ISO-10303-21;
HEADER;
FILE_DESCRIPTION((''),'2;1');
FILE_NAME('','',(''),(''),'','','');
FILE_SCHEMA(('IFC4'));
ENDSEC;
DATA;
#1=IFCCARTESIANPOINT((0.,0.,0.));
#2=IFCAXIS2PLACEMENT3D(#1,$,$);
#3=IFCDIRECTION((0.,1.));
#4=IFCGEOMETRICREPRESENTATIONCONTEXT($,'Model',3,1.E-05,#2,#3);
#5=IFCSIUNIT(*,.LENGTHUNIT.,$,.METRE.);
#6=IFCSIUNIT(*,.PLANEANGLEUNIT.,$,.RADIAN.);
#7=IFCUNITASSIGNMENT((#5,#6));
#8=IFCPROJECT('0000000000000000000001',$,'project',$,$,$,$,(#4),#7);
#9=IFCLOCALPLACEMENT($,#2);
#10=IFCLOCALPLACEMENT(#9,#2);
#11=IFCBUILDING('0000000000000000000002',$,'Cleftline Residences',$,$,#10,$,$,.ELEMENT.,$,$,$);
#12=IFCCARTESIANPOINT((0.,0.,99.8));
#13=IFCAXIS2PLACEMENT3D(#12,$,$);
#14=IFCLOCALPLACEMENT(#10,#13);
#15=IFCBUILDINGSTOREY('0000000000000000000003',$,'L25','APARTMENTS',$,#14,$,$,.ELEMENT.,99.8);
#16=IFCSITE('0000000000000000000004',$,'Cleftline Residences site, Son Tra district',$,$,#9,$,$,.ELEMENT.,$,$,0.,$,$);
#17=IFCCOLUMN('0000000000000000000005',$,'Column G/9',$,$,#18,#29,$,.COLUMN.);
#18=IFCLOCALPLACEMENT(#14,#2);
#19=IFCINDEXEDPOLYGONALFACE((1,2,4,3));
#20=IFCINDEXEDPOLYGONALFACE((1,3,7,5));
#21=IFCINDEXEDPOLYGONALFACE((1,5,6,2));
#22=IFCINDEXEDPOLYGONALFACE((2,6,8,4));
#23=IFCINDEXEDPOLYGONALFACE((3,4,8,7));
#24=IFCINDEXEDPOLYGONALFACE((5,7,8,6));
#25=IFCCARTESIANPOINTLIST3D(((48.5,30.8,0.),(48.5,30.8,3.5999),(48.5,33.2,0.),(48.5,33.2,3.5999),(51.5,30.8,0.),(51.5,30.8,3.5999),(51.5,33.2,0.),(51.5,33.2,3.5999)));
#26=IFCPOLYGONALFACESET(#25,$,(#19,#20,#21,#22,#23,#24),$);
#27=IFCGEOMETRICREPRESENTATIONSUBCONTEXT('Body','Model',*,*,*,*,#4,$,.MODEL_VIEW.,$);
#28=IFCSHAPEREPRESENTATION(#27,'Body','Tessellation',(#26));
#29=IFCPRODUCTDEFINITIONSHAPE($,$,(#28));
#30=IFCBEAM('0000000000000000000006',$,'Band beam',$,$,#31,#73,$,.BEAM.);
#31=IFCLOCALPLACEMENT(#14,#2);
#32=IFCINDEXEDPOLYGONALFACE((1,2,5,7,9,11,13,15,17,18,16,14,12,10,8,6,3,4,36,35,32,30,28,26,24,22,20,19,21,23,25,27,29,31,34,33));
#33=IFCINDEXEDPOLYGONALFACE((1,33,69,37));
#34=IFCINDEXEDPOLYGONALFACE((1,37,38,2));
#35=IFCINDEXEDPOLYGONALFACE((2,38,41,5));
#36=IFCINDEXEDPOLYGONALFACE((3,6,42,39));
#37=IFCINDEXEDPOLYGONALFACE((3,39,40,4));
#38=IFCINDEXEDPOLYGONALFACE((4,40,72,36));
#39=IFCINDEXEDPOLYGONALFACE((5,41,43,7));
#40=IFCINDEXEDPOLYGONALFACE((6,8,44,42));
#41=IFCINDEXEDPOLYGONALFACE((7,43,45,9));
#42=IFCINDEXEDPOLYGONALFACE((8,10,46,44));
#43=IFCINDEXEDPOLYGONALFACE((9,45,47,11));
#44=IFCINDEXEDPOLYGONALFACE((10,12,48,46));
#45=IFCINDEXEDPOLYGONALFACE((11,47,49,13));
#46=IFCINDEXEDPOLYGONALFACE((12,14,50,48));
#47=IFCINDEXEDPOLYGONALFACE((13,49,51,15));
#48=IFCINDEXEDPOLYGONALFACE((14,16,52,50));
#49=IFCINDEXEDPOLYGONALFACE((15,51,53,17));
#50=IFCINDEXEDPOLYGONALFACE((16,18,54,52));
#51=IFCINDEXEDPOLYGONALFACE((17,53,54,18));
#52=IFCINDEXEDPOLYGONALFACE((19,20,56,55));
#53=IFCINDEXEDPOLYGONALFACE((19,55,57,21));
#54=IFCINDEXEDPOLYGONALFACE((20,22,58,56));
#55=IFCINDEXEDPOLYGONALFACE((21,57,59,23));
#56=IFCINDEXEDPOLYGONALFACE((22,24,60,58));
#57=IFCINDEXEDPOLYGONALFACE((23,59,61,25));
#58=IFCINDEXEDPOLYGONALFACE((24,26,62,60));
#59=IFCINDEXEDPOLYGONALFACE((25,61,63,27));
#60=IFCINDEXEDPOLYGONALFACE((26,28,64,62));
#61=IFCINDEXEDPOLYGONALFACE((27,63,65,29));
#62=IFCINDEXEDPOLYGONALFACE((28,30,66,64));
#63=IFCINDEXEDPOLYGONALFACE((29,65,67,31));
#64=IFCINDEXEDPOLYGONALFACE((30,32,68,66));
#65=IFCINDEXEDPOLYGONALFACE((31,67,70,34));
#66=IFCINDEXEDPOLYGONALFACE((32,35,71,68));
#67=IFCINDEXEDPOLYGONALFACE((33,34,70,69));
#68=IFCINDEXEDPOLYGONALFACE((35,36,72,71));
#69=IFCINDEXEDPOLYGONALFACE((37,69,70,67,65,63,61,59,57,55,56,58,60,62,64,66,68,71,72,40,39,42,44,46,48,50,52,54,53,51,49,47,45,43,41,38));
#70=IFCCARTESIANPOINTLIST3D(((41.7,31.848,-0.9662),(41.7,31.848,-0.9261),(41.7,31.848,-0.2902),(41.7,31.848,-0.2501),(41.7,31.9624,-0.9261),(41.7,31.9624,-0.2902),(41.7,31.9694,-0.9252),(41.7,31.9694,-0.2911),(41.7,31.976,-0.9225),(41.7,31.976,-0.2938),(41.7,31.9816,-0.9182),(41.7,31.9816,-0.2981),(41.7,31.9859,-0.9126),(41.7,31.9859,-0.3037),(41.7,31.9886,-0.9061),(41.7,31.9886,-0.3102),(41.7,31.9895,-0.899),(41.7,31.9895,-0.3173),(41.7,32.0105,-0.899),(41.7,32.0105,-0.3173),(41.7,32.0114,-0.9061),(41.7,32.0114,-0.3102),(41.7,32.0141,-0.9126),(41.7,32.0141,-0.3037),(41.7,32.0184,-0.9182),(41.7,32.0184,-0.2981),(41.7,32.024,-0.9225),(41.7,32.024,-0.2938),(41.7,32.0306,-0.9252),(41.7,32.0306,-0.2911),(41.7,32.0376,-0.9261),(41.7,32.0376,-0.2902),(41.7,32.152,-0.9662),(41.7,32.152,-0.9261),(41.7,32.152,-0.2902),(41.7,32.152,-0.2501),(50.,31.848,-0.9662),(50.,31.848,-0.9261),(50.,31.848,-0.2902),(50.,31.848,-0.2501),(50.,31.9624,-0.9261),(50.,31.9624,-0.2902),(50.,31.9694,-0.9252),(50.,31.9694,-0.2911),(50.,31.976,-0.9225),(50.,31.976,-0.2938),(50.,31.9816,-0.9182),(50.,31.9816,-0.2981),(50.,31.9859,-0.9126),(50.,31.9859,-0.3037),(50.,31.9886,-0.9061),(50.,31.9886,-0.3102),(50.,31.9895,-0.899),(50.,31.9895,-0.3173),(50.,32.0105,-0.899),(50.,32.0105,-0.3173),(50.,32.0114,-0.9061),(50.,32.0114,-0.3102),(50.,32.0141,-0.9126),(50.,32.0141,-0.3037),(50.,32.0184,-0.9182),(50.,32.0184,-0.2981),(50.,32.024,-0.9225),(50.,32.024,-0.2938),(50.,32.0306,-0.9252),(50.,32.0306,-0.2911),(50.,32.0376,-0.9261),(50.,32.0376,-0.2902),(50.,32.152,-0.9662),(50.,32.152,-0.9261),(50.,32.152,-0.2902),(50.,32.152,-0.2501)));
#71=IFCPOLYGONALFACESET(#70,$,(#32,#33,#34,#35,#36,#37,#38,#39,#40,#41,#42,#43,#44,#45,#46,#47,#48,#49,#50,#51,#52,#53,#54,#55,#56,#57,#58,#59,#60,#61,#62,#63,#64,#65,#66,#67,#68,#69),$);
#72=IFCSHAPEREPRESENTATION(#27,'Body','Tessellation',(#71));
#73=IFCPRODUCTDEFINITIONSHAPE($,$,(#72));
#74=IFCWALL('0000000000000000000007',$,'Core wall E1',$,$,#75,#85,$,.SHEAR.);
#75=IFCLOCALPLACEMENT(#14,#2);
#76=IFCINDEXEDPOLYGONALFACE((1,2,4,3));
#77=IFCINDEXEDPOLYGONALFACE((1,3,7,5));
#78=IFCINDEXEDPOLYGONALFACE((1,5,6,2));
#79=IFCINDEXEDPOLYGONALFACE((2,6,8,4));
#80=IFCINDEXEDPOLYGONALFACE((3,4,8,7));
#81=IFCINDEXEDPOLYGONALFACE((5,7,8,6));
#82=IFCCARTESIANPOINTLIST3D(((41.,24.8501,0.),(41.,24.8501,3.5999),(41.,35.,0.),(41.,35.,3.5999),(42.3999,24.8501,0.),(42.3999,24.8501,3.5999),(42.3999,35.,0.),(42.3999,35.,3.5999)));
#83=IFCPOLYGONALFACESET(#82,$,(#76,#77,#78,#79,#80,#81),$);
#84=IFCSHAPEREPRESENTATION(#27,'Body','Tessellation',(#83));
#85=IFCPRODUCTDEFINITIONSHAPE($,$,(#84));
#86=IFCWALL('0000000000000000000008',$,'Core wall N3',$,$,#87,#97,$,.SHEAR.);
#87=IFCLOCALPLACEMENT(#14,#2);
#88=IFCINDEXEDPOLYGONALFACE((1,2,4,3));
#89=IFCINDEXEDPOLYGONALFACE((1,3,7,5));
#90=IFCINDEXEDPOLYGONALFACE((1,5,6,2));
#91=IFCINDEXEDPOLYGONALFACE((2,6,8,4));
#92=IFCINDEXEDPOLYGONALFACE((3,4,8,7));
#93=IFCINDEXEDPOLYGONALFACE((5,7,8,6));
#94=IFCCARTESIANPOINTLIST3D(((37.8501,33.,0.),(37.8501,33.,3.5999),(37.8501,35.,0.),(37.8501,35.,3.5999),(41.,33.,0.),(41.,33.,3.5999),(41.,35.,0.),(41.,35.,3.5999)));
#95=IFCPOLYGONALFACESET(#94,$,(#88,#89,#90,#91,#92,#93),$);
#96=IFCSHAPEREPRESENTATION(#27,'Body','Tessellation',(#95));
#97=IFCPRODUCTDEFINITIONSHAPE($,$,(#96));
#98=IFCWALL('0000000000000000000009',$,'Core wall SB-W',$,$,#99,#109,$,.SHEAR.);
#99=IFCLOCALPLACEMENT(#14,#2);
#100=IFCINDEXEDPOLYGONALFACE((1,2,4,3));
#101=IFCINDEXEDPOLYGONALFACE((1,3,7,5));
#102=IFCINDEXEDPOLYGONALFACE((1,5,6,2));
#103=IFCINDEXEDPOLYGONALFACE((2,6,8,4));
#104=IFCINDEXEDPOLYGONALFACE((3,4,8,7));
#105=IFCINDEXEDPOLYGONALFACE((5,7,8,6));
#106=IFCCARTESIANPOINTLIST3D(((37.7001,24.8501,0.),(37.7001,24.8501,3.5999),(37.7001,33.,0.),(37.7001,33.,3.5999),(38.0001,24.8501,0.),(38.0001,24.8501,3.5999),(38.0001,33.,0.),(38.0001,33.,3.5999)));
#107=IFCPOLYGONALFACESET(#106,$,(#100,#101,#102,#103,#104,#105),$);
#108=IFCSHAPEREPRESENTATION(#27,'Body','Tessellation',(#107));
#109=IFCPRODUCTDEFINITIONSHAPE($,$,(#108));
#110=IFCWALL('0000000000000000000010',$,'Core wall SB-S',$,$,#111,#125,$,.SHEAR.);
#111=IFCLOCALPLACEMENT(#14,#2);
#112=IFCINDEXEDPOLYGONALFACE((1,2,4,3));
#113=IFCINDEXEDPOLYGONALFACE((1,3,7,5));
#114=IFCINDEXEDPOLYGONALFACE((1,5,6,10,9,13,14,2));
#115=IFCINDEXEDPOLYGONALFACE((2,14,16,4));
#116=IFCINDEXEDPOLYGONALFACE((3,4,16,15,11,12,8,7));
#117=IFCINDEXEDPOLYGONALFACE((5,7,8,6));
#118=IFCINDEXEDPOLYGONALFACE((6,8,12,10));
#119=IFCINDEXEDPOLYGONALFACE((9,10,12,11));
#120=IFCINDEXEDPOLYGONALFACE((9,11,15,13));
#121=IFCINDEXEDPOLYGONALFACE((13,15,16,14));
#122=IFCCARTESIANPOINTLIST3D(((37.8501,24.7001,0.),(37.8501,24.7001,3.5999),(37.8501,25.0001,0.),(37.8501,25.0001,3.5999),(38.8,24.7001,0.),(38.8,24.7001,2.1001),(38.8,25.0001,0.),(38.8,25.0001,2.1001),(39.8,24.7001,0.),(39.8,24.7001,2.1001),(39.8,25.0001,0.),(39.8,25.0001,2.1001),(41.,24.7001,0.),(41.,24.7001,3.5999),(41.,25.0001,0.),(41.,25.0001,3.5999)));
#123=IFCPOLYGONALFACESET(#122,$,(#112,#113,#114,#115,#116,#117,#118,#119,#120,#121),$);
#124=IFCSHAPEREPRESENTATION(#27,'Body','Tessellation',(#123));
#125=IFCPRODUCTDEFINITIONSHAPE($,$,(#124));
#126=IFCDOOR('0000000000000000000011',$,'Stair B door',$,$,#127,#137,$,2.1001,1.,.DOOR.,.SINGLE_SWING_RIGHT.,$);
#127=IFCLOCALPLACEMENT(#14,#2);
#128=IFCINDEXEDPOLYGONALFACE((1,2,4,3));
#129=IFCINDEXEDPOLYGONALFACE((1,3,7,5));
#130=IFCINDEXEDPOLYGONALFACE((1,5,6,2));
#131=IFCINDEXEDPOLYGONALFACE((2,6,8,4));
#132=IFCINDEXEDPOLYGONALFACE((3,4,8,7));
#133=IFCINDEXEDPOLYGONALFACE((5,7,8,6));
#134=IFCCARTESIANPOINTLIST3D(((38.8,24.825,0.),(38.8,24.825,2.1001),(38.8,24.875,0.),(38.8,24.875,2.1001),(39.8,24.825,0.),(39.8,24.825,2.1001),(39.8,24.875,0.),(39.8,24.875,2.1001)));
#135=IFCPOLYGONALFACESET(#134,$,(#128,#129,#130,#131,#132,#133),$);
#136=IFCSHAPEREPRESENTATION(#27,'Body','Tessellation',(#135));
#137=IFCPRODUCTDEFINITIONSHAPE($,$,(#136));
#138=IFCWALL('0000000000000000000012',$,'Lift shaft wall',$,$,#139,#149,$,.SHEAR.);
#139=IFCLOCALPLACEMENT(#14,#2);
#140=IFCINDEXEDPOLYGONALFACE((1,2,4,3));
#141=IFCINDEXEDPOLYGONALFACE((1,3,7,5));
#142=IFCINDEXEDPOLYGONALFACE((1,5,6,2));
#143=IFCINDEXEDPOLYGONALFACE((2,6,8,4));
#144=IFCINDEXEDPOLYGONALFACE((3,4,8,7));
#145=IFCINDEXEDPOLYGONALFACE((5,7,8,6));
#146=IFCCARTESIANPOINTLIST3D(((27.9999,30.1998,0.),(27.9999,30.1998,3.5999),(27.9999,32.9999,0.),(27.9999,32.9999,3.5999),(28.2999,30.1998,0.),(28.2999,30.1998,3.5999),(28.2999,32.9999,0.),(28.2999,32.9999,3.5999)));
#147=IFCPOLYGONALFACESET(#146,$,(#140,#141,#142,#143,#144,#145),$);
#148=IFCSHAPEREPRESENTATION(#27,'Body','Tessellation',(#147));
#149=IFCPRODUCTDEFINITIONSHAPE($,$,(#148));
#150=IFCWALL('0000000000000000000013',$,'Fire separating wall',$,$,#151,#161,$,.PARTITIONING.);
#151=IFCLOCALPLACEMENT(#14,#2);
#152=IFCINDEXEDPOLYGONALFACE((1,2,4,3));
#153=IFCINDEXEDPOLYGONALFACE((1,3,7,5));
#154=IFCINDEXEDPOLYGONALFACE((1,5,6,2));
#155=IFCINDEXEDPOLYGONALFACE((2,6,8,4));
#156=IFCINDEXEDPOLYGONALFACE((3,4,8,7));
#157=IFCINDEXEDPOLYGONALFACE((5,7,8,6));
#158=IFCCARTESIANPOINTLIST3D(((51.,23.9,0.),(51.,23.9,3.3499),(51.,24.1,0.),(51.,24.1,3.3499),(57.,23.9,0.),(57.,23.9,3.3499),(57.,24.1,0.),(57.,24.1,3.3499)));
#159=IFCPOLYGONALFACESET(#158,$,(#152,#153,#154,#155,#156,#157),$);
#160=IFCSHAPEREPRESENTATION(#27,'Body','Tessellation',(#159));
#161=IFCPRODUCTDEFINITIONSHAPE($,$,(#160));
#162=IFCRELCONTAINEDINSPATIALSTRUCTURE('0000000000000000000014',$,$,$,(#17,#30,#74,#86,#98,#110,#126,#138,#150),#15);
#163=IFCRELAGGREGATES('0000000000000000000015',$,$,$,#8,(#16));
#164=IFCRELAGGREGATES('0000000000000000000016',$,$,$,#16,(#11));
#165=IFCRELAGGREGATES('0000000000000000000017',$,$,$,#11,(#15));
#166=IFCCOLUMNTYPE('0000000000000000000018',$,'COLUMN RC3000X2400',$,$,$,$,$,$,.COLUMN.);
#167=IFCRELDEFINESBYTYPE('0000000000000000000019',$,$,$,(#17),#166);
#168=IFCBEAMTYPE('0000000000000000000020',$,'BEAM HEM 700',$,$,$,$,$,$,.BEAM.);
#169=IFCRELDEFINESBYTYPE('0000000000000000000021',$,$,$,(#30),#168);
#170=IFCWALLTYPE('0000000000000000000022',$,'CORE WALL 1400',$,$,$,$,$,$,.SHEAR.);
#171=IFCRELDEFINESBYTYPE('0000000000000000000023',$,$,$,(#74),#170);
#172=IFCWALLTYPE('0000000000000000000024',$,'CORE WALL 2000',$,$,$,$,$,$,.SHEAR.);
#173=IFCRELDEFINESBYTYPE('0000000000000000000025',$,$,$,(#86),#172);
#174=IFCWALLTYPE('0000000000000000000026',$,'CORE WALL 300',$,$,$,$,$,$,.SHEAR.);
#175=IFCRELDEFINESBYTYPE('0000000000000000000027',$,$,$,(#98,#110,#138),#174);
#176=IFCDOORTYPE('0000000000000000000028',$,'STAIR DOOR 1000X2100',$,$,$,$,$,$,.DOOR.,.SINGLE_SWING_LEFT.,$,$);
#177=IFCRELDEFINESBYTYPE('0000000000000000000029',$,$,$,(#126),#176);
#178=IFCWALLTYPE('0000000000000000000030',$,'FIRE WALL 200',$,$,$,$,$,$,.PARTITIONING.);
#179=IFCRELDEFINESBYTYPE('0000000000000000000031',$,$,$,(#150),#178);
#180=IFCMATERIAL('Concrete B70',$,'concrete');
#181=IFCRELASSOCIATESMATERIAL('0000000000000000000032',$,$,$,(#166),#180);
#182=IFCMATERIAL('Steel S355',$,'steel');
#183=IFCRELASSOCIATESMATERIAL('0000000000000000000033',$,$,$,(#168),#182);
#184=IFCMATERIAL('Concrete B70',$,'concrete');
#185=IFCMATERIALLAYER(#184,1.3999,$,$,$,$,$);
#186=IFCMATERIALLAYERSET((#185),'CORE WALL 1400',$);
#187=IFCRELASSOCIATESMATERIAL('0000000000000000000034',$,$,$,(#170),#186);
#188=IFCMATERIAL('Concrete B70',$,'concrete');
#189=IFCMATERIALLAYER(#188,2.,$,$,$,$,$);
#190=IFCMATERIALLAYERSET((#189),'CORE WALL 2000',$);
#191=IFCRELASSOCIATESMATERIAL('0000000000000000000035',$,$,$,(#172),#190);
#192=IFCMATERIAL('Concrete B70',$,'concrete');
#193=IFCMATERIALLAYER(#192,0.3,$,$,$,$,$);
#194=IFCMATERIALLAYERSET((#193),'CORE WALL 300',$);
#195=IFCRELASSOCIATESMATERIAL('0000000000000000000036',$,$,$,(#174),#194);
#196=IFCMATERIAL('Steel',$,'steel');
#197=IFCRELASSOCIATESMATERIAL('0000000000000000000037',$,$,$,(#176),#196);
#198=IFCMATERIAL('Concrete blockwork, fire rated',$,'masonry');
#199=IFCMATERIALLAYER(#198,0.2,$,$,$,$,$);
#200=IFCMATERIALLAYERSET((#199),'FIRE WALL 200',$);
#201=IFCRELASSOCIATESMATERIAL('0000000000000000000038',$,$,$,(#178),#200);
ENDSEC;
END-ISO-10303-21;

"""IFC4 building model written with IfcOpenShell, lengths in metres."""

from ifc_helpers import new_model, si_unit, direction, frame, frame_2d, origin, origin_2d, place, context, subcontext, project, spatial, rectangle, i_section, extrude, material, layer, layer_set, material_profile, profile_set, type_object, element, fill, save


model = new_model("IFC4")

# Units and contexts
model_context = context("Model", 3, precision=1e-05, world=origin(), true_north=direction((0.0, 1.0)))
body_context = subcontext(model_context, "Body", "Model", "MODEL_VIEW")
ifc_project = project(units=[si_unit("LENGTHUNIT", "METRE"), si_unit("PLANEANGLEUNIT", "RADIAN")], contexts=[model_context])

# Site, building, storey
site_placement = place(None, origin())
site = spatial("IfcSite", under=ifc_project, at=site_placement, Name="Cleftline Residences site, Son Tra district", CompositionType="ELEMENT", RefElevation=0.0)
building_placement = place(site_placement, origin())
building = spatial("IfcBuilding", under=site, at=building_placement, Name="Cleftline Residences", CompositionType="ELEMENT")
storey_placement = place(building_placement, frame((0.0, 0.0, 99.8)))
storey = spatial("IfcBuildingStorey", under=building, at=storey_placement, Name="L25", Description="APARTMENTS", CompositionType="ELEMENT", Elevation=99.8)

# Column
ifc_material_1 = material(Name="Concrete B70", Category="concrete")
ifc_material_profile_1 = material_profile(ifc_material_1, rectangle(XDim=3.0, YDim=2.3999, at=origin_2d()))
ifc_profile_set_1 = profile_set([ifc_material_profile_1], Name="Concrete B70")
column_type = type_object("IfcColumnType", Name="COLUMN RC3000X2400", PredefinedType="COLUMN", material=ifc_profile_set_1)
column_placement = place(storey_placement, frame((50.0, 32.0, 0.0), z_axis=(0.0, 0.0, 1.0), x_axis=(1.0, 0.0, 0.0)))
element("IfcColumn", 1, at=column_placement, inside=storey, type_object=column_type, Name="Column G/9", PredefinedType="COLUMN", context=body_context, shape_type="SweptSolid", body=[
    extrude(rectangle(XDim=3.0, YDim=2.3999, at=origin_2d()), origin(), (0.0, 0.0, 1.0), 3.5999),
])

# Beam
ifc_material_2 = material(Name="Steel S355", Category="steel")
ifc_material_profile_2 = material_profile(ifc_material_2, i_section(OverallWidth=0.304, OverallDepth=0.7161, WebThickness=0.021, FlangeThickness=0.04, FilletRadius=0.0271, at=origin_2d()))
ifc_profile_set_2 = profile_set([ifc_material_profile_2], Name="Steel S355")
beam_type = type_object("IfcBeamType", Name="BEAM HEM 700", PredefinedType="BEAM", material=ifc_profile_set_2)
beam_placement = place(storey_placement, frame((50.0, 32.0, -0.6082), z_axis=(-1.0, 0.0, 0.0), x_axis=(0.0, -1.0, 0.0)))
element("IfcBeam", 2, at=beam_placement, inside=storey, type_object=beam_type, Name="Band beam", PredefinedType="BEAM", context=body_context, shape_type="SweptSolid", body=[
    extrude(i_section(OverallWidth=0.304, OverallDepth=0.7161, WebThickness=0.021, FlangeThickness=0.04, FilletRadius=0.0271, at=origin_2d()), origin(), (0.0, 0.0, 1.0), 8.3),
])

# Walls
ifc_material_3 = material(Name="Concrete B70", Category="concrete")
ifc_layer_1 = layer(ifc_material_3, 1.3999)
ifc_layer_set_1 = layer_set([ifc_layer_1], Name="CORE WALL 1400")
wall_type_1 = type_object("IfcWallType", Name="CORE WALL 1400", PredefinedType="SHEAR", material=ifc_layer_set_1)
wall_1_placement = place(storey_placement, frame((41.7, 24.8501, 0.0), z_axis=(0.0, 0.0, 1.0), x_axis=(0.0, 1.0, 0.0)))
element("IfcWall", 3, at=wall_1_placement, inside=storey, type_object=wall_type_1, Name="Core wall E1", PredefinedType="SHEAR", context=body_context, shape_type="SweptSolid", body=[
    extrude(rectangle(XDim=10.1499, YDim=1.3999, at=frame_2d((5.075, 0.0))), origin(), (0.0, 0.0, 1.0), 3.5999),
])
ifc_material_4 = material(Name="Concrete B70", Category="concrete")
ifc_layer_2 = layer(ifc_material_4, 2.0)
ifc_layer_set_2 = layer_set([ifc_layer_2], Name="CORE WALL 2000")
wall_type_2 = type_object("IfcWallType", Name="CORE WALL 2000", PredefinedType="SHEAR", material=ifc_layer_set_2)
wall_2_placement = place(storey_placement, frame((37.8501, 34.0, 0.0), z_axis=(0.0, 0.0, 1.0), x_axis=(1.0, 0.0, 0.0)))
element("IfcWall", 4, at=wall_2_placement, inside=storey, type_object=wall_type_2, Name="Core wall N3", PredefinedType="SHEAR", context=body_context, shape_type="SweptSolid", body=[
    extrude(rectangle(XDim=3.1499, YDim=2.0, at=frame_2d((1.575, 0.0))), origin(), (0.0, 0.0, 1.0), 3.5999),
])
ifc_material_5 = material(Name="Concrete B70", Category="concrete")
ifc_layer_3 = layer(ifc_material_5, 0.3)
ifc_layer_set_3 = layer_set([ifc_layer_3], Name="CORE WALL 300")
wall_type_3 = type_object("IfcWallType", Name="CORE WALL 300", PredefinedType="SHEAR", material=ifc_layer_set_3)
wall_3_placement = place(storey_placement, frame((37.8501, 24.8501, 0.0), z_axis=(0.0, 0.0, 1.0), x_axis=(0.0, 1.0, 0.0)))
element("IfcWall", 5, at=wall_3_placement, inside=storey, type_object=wall_type_3, Name="Core wall SB-W", PredefinedType="SHEAR", context=body_context, shape_type="SweptSolid", body=[
    extrude(rectangle(XDim=8.1499, YDim=0.3, at=frame_2d((4.075, 0.0))), origin(), (0.0, 0.0, 1.0), 3.5999),
])

# Wall, opening, door
wall_4_placement = place(storey_placement, frame((37.8501, 24.8501, 0.0), z_axis=(0.0, 0.0, 1.0), x_axis=(1.0, 0.0, 0.0)))
wall_4 = element("IfcWall", 6, at=wall_4_placement, inside=storey, type_object=wall_type_3, Name="Core wall SB-S", PredefinedType="SHEAR", context=body_context, shape_type="SweptSolid", body=[
    extrude(rectangle(XDim=3.1499, YDim=0.3, at=frame_2d((1.575, 0.0))), origin(), (0.0, 0.0, 1.0), 3.5999),
])
opening_1_placement = place(wall_4_placement, frame((0.95, 0.0, 0.0)))
opening_1 = element("IfcOpeningElement", 7, at=opening_1_placement, cuts=wall_4, PredefinedType="OPENING", context=body_context, shape_type="SweptSolid", body=[
    extrude(rectangle(XDim=1.0, YDim=2.1001, at=frame_2d((0.5, 1.05))), frame((0.0, 0.1599, 0.0), z_axis=(0.0, -1.0, 0.0), x_axis=(1.0, 0.0, 0.0)), (0.0, 0.0, 1.0), 0.3201),
])
ifc_material_6 = material(Name="Steel", Category="steel")
door_type_1 = type_object("IfcDoorType", Name="STAIR DOOR 1000X2100", OperationType="SINGLE_SWING_LEFT", PredefinedType="DOOR", material=ifc_material_6)
door_1_placement = place(opening_1_placement, origin())
door_1 = element("IfcDoor", 8, at=door_1_placement, inside=storey, type_object=door_type_1, Name="Stair B door", OperationType="SINGLE_SWING_RIGHT", OverallHeight=2.1001, OverallWidth=1.0, PredefinedType="DOOR", context=body_context, shape_type="SweptSolid", body=[
    extrude(rectangle(XDim=1.0, YDim=2.1001, at=frame_2d((0.5, 1.05))), frame((0.0, 0.0249, 0.0), z_axis=(0.0, -1.0, 0.0), x_axis=(1.0, 0.0, 0.0)), (0.0, 0.0, 1.0), 0.05),
])
fill(opening_1, door_1)

# Walls
wall_5_placement = place(storey_placement, frame((28.1499, 30.2, 0.0), z_axis=(0.0, 0.0, 1.0), x_axis=(0.0, 1.0, 0.0)))
element("IfcWall", 9, at=wall_5_placement, inside=storey, type_object=wall_type_3, Name="Lift shaft wall", PredefinedType="SHEAR", context=body_context, shape_type="SweptSolid", body=[
    extrude(rectangle(XDim=2.8, YDim=0.3, at=frame_2d((1.3999, 0.0))), origin(), (0.0, 0.0, 1.0), 3.5999),
])
ifc_material_7 = material(Name="Concrete blockwork, fire rated", Category="masonry")
ifc_layer_4 = layer(ifc_material_7, 0.2)
ifc_layer_set_4 = layer_set([ifc_layer_4], Name="FIRE WALL 200")
wall_type_4 = type_object("IfcWallType", Name="FIRE WALL 200", PredefinedType="PARTITIONING", material=ifc_layer_set_4)
wall_6_placement = place(storey_placement, frame((51.0, 24.0, 0.0), z_axis=(0.0, 0.0, 1.0), x_axis=(1.0, 0.0, 0.0)))
element("IfcWall", 10, at=wall_6_placement, inside=storey, type_object=wall_type_4, Name="Fire separating wall", PredefinedType="PARTITIONING", context=body_context, shape_type="SweptSolid", body=[
    extrude(rectangle(XDim=6.0, YDim=0.2, at=frame_2d((3.0, 0.0))), origin(), (0.0, 0.0, 1.0), 3.3499),
])

save(model, "model.ifc")
